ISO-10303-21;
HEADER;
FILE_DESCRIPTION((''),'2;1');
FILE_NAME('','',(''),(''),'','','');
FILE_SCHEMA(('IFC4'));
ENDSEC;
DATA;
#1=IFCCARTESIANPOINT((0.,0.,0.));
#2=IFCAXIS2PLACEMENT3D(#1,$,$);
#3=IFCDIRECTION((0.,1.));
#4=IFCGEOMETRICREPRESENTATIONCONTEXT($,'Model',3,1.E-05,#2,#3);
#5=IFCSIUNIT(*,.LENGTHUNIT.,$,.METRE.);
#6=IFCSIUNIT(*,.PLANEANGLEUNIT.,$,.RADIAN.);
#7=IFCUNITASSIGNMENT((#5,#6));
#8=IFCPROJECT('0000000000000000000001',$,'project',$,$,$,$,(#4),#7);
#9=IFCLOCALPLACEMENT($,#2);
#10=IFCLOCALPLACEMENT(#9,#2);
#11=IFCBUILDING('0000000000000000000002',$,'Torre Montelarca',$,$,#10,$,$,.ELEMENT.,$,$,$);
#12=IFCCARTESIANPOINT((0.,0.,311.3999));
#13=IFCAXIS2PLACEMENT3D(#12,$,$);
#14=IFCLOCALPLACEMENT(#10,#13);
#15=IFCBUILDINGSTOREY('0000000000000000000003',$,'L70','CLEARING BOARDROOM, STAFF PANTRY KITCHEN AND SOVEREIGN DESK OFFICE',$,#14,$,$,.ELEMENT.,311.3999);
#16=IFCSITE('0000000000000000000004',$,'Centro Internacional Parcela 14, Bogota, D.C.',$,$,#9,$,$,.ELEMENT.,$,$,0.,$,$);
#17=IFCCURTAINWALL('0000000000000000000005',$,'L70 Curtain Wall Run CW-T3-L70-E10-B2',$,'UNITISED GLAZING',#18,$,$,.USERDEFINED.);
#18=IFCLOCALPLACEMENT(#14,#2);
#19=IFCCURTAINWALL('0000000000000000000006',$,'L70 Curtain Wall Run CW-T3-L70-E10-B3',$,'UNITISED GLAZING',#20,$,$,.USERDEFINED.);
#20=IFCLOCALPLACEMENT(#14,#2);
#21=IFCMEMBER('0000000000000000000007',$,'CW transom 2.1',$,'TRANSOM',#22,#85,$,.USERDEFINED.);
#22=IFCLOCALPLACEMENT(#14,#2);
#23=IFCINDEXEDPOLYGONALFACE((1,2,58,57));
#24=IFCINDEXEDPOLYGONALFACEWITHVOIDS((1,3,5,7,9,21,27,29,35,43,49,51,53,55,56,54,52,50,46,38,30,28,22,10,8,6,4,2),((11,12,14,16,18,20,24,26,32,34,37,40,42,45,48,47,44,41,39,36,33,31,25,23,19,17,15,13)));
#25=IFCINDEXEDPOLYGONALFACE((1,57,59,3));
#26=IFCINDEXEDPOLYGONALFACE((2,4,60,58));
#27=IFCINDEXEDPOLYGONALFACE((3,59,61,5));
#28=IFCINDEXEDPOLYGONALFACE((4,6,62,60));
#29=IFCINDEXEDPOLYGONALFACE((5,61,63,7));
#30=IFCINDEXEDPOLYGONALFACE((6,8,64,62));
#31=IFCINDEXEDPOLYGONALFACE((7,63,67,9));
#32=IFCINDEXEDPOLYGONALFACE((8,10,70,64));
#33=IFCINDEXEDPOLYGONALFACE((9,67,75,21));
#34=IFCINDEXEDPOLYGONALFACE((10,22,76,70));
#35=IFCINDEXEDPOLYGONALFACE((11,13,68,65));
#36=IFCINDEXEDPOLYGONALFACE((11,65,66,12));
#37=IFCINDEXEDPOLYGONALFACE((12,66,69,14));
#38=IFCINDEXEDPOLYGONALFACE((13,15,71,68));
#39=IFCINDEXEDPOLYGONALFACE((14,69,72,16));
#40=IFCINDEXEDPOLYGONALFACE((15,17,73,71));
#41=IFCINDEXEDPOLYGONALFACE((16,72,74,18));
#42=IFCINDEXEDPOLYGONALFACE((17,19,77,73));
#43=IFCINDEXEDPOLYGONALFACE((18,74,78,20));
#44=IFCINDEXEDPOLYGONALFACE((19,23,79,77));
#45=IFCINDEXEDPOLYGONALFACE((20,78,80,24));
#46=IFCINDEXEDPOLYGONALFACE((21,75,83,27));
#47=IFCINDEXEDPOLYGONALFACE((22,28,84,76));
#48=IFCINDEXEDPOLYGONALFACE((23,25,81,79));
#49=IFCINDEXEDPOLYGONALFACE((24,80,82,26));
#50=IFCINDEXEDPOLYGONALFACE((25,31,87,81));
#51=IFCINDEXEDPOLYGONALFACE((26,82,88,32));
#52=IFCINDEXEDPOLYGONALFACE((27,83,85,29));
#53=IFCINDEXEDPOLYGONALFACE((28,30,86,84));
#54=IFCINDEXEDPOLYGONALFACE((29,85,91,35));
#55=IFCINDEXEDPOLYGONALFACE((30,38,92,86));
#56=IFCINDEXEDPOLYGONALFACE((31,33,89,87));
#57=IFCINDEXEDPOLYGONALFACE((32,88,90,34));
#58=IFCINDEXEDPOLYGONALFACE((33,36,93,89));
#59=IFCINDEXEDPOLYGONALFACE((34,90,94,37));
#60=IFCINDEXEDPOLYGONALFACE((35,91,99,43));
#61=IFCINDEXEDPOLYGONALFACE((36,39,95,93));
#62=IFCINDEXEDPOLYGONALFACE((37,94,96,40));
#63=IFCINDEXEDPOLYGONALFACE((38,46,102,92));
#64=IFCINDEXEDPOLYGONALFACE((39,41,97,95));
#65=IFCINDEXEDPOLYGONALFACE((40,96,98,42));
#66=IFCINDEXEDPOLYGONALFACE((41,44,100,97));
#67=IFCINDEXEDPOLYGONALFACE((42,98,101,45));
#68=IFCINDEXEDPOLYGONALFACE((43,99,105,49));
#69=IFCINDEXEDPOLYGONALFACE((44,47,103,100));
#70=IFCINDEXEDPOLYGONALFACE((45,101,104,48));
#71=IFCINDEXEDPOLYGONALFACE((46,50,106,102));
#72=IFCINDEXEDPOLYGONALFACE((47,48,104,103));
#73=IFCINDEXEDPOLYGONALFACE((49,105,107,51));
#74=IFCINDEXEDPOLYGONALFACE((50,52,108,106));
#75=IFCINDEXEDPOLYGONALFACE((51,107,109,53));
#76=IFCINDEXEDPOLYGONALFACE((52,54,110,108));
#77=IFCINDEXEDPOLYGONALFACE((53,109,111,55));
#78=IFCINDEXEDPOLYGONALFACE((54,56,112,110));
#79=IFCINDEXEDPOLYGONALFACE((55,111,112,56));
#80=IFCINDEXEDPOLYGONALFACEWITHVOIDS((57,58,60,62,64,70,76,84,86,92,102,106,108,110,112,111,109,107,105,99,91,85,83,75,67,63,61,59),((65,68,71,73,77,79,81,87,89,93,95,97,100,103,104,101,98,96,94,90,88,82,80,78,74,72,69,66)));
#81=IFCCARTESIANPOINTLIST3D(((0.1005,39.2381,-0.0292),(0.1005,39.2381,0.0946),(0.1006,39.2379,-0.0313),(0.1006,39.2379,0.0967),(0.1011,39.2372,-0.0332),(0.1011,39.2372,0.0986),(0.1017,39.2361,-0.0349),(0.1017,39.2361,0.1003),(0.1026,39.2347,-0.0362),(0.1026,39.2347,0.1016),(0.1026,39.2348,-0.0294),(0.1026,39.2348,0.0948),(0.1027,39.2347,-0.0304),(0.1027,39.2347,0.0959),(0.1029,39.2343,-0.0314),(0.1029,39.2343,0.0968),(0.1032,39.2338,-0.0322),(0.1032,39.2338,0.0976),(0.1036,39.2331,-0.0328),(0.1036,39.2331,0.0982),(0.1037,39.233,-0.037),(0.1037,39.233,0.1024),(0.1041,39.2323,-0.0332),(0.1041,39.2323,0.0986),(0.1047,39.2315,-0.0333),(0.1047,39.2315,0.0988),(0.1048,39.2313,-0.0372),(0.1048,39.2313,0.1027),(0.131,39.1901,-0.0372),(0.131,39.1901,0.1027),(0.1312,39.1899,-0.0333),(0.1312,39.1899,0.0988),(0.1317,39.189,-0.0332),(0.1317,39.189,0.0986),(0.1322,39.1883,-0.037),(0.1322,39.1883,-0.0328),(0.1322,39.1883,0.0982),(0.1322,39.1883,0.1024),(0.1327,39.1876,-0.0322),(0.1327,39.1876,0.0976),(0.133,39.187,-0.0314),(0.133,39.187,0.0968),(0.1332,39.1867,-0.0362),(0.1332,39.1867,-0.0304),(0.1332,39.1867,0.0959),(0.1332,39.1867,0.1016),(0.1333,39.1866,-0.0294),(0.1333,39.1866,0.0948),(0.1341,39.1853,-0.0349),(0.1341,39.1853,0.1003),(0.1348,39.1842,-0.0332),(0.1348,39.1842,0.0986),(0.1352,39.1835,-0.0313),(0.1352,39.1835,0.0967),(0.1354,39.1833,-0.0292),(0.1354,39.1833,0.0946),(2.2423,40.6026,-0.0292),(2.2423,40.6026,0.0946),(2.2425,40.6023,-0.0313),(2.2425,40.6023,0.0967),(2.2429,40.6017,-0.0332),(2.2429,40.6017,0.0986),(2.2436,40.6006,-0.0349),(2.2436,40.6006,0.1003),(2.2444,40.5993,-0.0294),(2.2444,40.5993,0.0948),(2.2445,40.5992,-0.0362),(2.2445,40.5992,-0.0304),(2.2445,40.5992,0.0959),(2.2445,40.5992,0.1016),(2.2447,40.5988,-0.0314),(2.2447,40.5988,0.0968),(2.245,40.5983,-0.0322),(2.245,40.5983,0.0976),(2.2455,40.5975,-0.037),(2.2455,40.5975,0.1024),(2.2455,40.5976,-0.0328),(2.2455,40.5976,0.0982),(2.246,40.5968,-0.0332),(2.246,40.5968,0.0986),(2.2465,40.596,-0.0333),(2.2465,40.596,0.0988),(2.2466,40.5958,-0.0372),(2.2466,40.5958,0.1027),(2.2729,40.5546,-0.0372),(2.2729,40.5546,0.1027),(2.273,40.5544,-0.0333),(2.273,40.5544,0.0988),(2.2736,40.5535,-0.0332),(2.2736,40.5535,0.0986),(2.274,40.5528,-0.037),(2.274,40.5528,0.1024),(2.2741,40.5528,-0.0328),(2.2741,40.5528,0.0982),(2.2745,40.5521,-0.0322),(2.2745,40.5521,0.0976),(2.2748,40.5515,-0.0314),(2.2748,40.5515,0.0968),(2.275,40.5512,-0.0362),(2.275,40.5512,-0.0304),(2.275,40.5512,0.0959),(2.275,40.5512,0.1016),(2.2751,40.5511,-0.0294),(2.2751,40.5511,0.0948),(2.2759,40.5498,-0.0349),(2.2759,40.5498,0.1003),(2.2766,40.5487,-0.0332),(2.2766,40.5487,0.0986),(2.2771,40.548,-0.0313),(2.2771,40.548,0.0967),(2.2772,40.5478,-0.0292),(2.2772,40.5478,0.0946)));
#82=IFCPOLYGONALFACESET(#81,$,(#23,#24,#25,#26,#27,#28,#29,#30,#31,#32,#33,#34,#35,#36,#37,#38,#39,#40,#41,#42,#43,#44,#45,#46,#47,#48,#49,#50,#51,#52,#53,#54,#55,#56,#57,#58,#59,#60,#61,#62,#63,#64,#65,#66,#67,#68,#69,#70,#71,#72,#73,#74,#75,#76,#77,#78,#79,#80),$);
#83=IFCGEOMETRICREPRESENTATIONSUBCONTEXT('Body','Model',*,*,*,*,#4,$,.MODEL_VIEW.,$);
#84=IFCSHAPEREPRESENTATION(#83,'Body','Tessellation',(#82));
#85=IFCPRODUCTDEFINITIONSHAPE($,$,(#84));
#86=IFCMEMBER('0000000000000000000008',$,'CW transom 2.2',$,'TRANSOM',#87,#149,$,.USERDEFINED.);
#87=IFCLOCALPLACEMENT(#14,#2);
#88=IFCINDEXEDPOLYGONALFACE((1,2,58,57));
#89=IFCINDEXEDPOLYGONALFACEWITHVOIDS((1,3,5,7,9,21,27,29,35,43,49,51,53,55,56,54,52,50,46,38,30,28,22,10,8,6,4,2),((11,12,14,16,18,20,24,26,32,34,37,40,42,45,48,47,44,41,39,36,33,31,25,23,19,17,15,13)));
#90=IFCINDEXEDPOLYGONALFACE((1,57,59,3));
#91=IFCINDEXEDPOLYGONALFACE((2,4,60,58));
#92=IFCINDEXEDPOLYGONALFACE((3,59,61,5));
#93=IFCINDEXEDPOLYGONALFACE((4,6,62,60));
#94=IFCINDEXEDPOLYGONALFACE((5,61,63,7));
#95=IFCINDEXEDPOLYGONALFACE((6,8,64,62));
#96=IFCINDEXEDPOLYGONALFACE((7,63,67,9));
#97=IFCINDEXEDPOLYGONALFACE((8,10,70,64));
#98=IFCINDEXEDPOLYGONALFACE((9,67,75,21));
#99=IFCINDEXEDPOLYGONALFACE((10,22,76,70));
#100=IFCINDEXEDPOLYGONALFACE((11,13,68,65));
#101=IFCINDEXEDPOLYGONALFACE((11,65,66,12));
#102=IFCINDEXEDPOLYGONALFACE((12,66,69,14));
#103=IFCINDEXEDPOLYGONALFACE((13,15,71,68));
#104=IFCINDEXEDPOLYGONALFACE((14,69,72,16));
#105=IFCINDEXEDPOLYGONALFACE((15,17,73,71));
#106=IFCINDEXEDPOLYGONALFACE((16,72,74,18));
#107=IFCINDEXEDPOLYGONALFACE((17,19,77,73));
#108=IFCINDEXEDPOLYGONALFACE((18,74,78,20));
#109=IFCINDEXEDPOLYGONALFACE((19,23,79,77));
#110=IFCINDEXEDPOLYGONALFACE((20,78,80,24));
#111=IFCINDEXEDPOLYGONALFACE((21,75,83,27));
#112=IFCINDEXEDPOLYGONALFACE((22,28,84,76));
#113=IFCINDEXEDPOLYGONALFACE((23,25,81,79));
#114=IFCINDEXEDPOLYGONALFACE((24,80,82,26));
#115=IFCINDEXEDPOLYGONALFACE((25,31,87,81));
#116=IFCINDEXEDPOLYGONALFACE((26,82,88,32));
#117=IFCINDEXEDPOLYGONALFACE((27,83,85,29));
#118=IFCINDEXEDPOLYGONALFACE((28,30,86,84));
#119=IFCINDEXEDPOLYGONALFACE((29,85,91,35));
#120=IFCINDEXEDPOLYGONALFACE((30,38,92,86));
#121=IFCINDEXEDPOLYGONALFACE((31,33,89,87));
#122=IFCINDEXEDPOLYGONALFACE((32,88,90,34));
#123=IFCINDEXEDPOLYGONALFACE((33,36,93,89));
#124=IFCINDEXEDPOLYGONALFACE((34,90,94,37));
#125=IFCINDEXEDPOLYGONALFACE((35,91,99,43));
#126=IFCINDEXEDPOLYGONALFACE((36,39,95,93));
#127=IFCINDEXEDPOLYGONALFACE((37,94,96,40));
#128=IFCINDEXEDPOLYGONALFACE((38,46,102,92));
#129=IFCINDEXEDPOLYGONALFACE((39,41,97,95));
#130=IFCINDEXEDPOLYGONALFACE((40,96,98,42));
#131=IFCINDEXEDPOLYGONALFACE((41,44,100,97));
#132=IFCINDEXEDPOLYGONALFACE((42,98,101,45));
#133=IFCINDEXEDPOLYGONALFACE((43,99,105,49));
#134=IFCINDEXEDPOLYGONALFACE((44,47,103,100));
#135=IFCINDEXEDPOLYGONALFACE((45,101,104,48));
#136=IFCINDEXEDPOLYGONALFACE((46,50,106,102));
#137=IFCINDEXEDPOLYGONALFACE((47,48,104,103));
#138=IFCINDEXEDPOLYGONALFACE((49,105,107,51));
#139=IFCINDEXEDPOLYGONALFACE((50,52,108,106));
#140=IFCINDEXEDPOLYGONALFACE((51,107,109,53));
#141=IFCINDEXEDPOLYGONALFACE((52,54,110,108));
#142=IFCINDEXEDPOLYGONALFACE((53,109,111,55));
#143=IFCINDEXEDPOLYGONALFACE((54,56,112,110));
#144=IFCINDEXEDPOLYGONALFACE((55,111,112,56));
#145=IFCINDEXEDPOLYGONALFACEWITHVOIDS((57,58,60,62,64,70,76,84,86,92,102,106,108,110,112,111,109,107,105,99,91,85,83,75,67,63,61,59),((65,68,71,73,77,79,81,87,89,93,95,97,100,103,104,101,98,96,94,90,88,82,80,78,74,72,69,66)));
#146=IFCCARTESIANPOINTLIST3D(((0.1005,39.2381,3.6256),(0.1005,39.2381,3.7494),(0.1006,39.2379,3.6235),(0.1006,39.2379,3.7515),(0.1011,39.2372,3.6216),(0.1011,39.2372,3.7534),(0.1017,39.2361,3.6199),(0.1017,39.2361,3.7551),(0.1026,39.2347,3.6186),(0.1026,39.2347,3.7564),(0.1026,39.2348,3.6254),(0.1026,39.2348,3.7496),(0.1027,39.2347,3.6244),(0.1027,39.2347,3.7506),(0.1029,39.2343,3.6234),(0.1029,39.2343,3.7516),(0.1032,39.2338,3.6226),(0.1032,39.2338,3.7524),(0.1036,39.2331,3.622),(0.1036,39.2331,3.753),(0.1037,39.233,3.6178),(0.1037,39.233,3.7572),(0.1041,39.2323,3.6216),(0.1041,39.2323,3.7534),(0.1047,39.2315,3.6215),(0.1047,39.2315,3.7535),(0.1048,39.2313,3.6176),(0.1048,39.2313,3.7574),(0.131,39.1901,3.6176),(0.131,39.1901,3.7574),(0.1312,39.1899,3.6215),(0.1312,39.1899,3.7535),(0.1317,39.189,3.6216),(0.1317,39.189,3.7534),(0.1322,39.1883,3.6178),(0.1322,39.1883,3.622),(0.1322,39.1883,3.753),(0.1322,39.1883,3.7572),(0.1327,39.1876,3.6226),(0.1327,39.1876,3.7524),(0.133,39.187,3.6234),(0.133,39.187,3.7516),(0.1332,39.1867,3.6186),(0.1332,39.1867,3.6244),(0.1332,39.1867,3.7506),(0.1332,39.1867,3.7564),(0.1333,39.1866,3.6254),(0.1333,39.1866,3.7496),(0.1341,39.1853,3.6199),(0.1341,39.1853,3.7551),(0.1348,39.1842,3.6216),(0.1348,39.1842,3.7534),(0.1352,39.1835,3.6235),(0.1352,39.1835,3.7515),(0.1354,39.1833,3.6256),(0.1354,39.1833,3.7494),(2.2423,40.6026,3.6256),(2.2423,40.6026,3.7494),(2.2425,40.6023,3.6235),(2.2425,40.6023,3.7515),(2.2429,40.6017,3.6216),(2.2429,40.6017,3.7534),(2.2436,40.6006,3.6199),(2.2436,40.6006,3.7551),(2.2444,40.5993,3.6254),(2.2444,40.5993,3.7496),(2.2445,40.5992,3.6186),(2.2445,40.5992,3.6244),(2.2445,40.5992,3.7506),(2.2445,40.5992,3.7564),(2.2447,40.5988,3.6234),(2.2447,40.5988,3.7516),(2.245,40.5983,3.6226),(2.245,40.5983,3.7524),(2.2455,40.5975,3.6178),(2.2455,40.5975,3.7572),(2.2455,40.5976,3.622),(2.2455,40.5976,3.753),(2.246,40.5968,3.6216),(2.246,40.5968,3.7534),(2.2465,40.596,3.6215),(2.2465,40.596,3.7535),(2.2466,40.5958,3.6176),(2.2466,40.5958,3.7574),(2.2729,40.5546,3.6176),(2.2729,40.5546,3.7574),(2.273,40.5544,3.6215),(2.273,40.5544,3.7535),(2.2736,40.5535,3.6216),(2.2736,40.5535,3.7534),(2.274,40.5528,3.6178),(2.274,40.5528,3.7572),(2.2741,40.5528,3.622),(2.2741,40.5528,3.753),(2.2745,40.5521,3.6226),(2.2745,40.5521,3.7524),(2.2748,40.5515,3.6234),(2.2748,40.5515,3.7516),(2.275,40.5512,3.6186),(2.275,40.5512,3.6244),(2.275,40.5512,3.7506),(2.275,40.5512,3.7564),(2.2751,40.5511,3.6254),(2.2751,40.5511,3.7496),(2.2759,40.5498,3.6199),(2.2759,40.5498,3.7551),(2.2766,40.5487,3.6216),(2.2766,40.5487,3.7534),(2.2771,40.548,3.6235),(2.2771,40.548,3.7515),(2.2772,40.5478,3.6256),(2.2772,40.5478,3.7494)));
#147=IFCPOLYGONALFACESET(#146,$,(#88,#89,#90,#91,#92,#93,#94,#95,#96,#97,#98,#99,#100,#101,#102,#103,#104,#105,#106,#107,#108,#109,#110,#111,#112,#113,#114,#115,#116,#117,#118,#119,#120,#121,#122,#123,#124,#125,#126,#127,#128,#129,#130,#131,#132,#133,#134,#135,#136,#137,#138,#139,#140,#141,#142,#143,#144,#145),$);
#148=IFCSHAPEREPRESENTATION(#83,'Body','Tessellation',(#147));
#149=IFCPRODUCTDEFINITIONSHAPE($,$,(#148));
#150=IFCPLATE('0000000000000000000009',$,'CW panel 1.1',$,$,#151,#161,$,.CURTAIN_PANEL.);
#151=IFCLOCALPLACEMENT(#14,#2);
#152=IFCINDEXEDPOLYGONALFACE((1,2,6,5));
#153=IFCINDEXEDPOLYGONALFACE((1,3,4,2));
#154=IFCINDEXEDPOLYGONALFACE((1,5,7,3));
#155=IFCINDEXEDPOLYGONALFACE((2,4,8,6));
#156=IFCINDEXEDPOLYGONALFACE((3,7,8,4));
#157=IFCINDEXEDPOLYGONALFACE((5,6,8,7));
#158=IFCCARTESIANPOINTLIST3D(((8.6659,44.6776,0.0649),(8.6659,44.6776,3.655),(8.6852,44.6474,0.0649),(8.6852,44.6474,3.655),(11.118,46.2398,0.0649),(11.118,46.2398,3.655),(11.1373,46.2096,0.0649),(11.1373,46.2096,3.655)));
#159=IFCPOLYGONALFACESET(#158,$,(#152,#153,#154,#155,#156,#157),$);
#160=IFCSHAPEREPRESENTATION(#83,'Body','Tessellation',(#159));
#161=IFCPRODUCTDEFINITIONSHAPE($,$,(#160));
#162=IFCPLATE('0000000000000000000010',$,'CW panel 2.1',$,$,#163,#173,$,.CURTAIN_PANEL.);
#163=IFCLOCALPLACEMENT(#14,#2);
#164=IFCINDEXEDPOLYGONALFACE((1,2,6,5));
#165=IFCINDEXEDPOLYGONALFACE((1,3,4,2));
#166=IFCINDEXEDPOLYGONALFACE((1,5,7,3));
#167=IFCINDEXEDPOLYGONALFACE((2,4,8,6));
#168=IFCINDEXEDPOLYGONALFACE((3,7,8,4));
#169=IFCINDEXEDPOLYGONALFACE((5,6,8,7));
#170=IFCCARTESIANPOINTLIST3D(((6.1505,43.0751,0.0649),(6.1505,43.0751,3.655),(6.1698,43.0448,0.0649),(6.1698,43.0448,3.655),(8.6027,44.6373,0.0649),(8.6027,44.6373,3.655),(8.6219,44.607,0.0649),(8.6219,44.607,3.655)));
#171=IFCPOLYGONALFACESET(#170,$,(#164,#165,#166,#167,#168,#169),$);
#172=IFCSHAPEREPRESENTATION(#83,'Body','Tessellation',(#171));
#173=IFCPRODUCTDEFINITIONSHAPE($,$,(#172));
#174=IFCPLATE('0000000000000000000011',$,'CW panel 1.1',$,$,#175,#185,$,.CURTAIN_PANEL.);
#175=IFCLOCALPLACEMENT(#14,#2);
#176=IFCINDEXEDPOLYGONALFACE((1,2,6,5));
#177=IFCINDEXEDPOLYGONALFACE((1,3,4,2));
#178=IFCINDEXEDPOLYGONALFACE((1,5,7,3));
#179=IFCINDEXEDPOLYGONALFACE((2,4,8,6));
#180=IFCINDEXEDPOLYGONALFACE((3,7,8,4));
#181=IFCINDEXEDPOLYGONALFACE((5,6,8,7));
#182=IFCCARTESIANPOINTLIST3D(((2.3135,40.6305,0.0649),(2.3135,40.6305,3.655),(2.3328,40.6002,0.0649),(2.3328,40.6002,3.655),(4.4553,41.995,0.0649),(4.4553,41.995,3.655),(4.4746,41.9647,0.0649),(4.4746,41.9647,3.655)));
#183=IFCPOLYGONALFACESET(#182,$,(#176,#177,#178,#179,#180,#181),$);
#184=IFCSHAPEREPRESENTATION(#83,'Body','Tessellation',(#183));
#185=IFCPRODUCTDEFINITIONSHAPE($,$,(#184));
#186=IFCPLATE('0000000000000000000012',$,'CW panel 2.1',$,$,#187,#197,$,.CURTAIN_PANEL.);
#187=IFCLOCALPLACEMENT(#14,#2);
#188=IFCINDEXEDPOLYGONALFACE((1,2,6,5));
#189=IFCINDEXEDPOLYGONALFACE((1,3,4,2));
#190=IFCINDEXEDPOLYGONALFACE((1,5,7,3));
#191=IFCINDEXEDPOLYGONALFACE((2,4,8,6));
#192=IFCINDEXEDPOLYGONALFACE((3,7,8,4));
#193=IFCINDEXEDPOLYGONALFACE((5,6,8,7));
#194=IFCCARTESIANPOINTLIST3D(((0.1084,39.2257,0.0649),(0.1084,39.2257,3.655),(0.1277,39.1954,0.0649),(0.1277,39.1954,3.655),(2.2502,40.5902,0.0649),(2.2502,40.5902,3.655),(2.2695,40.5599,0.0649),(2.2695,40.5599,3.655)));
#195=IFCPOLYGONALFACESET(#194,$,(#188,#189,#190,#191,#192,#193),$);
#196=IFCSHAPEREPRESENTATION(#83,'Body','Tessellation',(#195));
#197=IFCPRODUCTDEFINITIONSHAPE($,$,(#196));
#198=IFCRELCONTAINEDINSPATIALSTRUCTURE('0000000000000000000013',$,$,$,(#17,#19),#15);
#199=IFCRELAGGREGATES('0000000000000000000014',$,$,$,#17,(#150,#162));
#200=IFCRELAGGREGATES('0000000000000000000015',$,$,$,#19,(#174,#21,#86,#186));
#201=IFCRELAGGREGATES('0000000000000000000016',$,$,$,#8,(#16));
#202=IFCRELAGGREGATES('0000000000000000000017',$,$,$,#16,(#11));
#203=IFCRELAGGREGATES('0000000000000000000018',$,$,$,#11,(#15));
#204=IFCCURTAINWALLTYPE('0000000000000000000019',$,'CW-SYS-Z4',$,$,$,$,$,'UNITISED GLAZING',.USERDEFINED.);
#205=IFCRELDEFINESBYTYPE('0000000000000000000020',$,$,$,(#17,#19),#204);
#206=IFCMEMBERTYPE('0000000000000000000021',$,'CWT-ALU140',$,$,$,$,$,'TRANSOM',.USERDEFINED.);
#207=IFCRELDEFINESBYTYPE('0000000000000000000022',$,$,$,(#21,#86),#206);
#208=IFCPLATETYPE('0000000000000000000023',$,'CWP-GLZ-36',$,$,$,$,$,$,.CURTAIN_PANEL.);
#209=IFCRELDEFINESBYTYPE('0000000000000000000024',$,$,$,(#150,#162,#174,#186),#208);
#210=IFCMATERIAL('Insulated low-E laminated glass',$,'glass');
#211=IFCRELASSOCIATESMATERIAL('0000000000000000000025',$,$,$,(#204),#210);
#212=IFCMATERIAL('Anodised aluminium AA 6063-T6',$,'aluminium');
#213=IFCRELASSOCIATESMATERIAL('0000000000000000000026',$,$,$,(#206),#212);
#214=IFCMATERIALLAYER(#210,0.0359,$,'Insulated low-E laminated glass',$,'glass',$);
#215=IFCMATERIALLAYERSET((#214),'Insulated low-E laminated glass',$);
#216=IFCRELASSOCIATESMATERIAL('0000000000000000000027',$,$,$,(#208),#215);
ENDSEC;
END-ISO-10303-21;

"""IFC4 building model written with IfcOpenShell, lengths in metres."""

from ifc_helpers import new_model, si_unit, direction, frame, origin, origin_2d, place, context, subcontext, project, spatial, rectangle, hollow_rectangle, extrude, source, transform, mapped, material, layer, layer_set, material_profile, profile_set, type_object, element, aggregate, save


model = new_model("IFC4")

# Units and contexts
model_context = context("Model", 3, precision=1e-05, world=origin(), true_north=direction((0.0, 1.0)))
body_context = subcontext(model_context, "Body", "Model", "MODEL_VIEW")
ifc_project = project(units=[si_unit("LENGTHUNIT", "METRE"), si_unit("PLANEANGLEUNIT", "RADIAN")], contexts=[model_context])

# Site, building, storey
site_placement = place(None, origin())
site = spatial("IfcSite", under=ifc_project, at=site_placement, Name="Centro Internacional Parcela 14, Bogota, D.C.", CompositionType="ELEMENT", RefElevation=0.0)
building_placement = place(site_placement, origin())
building = spatial("IfcBuilding", under=site, at=building_placement, Name="Torre Montelarca", CompositionType="ELEMENT")
storey_placement = place(building_placement, frame((0.0, 0.0, 311.3999)))
storey = spatial("IfcBuildingStorey", under=building, at=storey_placement, Name="L70", Description="CLEARING BOARDROOM, STAFF PANTRY KITCHEN AND SOVEREIGN DESK OFFICE", CompositionType="ELEMENT", Elevation=311.3999)

# Curtain walls
ifc_material_1 = material(Name="Insulated low-E laminated glass", Category="glass")
curtain_wall_type = type_object("IfcCurtainWallType", Name="CW-SYS-Z4", ElementType="UNITISED GLAZING", PredefinedType="USERDEFINED", material=ifc_material_1)
curtain_wall_1_placement = place(storey_placement, origin())
curtain_wall_1 = element("IfcCurtainWall", 1, at=curtain_wall_1_placement, inside=storey, type_object=curtain_wall_type, Name="L70 Curtain Wall Run CW-T3-L70-E10-B2", ObjectType="UNITISED GLAZING", PredefinedType="USERDEFINED")
ifc_material_2 = material(Name="Anodised aluminium AA 6063-T6", Category="aluminium")
curtain_wall_2_placement = place(storey_placement, origin())
curtain_wall_2 = element("IfcCurtainWall", 2, at=curtain_wall_2_placement, inside=storey, type_object=curtain_wall_type, Name="L70 Curtain Wall Run CW-T3-L70-E10-B3", ObjectType="UNITISED GLAZING", PredefinedType="USERDEFINED")

# Members
ifc_material_profile_1 = material_profile(ifc_material_2, hollow_rectangle(XDim=0.0649, YDim=0.1399, WallThickness=0.0039, InnerFilletRadius=0.0039, OuterFilletRadius=0.0081, at=origin_2d()), Name="ALU65X140X4", Category="aluminium")
ifc_profile_set_1 = profile_set([ifc_material_profile_1], Name="Anodised aluminium AA 6063-T6")
member_type_1 = type_object("IfcMemberType", Name="CWT-ALU140", ElementType="TRANSOM", PredefinedType="USERDEFINED", material=ifc_profile_set_1)
shared_shape_1 = source(origin(), body_context, "Body", "SweptSolid", [
    extrude(hollow_rectangle(XDim=0.0649, YDim=0.1399, WallThickness=0.0039, InnerFilletRadius=0.0039, OuterFilletRadius=0.0081, at=origin_2d()), origin(), (0.0, 0.0, 1.0), 2.5396),
])
member_1_placement = place(storey_placement, frame((2.2598, 40.5752, 0.0327), z_axis=(-0.843392, -0.537298, 0.0), x_axis=(0.537298, -0.843392, 0.0)))
member_1 = element("IfcMember", 3, at=member_1_placement, type_object=member_type_1, Name="CW transom 2.1", ObjectType="TRANSOM", PredefinedType="USERDEFINED", context=body_context, shape_type="MappedRepresentation", body=[
    mapped(shared_shape_1, transform((0.0, 0.0, 0.0), scale=1.0)),
])
member_2_placement = place(storey_placement, frame((2.2598, 40.5752, 3.6875), z_axis=(-0.843392, -0.537298, 0.0), x_axis=(0.537298, -0.843392, 0.0)))
member_2 = element("IfcMember", 4, at=member_2_placement, type_object=member_type_1, Name="CW transom 2.2", ObjectType="TRANSOM", PredefinedType="USERDEFINED", context=body_context, shape_type="MappedRepresentation", body=[
    mapped(shared_shape_1, transform((0.0, 0.0, 0.0), scale=1.0)),
])

# Plates
ifc_layer_1 = layer(ifc_material_1, 0.0359, Name="Insulated low-E laminated glass", Category="glass")
ifc_layer_set_1 = layer_set([ifc_layer_1], Name="Insulated low-E laminated glass")
plate_type = type_object("IfcPlateType", Name="CWP-GLZ-36", PredefinedType="CURTAIN_PANEL", material=ifc_layer_set_1)
shared_shape_2 = source(origin(), body_context, "Body", "SweptSolid", [
    extrude(rectangle(XDim=2.9075, YDim=0.0359, at=origin_2d()), origin(), (0.0, 0.0, 1.0), 3.5901),
])
plate_1_placement = place(storey_placement, frame((9.9016, 45.4436, 0.0649), z_axis=(0.0, 0.0, 1.0), x_axis=(-0.843391, -0.5373, 0.0)))
plate_1 = element("IfcPlate", 5, at=plate_1_placement, type_object=plate_type, Name="CW panel 1.1", PredefinedType="CURTAIN_PANEL", context=body_context, shape_type="MappedRepresentation", body=[
    mapped(shared_shape_2, transform((0.0, 0.0, 0.0), scale=1.0)),
])
plate_2_placement = place(storey_placement, frame((7.3862, 43.8411, 0.0649), z_axis=(0.0, 0.0, 1.0), x_axis=(-0.843391, -0.5373, 0.0)))
plate_2 = element("IfcPlate", 6, at=plate_2_placement, type_object=plate_type, Name="CW panel 2.1", PredefinedType="CURTAIN_PANEL", context=body_context, shape_type="MappedRepresentation", body=[
    mapped(shared_shape_2, transform((0.0, 0.0, 0.0), scale=1.0)),
])
aggregate(curtain_wall_1, [plate_1, plate_2])
shared_shape_3 = source(origin(), body_context, "Body", "SweptSolid", [
    extrude(rectangle(XDim=2.5396, YDim=0.0359, at=origin_2d()), origin(), (0.0, 0.0, 1.0), 3.5901),
])
plate_3_placement = place(storey_placement, frame((3.394, 41.2976, 0.0649), z_axis=(0.0, 0.0, 1.0), x_axis=(-0.843394, -0.537295, 0.0)))
plate_3 = element("IfcPlate", 7, at=plate_3_placement, type_object=plate_type, Name="CW panel 1.1", PredefinedType="CURTAIN_PANEL", context=body_context, shape_type="MappedRepresentation", body=[
    mapped(shared_shape_3, transform((0.0, 0.0, 0.0), scale=1.0)),
])
plate_4_placement = place(storey_placement, frame((1.189, 39.8928, 0.0649), z_axis=(0.0, 0.0, 1.0), x_axis=(-0.843394, -0.537295, 0.0)))
plate_4 = element("IfcPlate", 8, at=plate_4_placement, type_object=plate_type, Name="CW panel 2.1", PredefinedType="CURTAIN_PANEL", context=body_context, shape_type="MappedRepresentation", body=[
    mapped(shared_shape_3, transform((0.0, 0.0, 0.0), scale=1.0)),
])
aggregate(curtain_wall_2, [plate_3, member_1, member_2, plate_4])

save(model, "model.ifc")
